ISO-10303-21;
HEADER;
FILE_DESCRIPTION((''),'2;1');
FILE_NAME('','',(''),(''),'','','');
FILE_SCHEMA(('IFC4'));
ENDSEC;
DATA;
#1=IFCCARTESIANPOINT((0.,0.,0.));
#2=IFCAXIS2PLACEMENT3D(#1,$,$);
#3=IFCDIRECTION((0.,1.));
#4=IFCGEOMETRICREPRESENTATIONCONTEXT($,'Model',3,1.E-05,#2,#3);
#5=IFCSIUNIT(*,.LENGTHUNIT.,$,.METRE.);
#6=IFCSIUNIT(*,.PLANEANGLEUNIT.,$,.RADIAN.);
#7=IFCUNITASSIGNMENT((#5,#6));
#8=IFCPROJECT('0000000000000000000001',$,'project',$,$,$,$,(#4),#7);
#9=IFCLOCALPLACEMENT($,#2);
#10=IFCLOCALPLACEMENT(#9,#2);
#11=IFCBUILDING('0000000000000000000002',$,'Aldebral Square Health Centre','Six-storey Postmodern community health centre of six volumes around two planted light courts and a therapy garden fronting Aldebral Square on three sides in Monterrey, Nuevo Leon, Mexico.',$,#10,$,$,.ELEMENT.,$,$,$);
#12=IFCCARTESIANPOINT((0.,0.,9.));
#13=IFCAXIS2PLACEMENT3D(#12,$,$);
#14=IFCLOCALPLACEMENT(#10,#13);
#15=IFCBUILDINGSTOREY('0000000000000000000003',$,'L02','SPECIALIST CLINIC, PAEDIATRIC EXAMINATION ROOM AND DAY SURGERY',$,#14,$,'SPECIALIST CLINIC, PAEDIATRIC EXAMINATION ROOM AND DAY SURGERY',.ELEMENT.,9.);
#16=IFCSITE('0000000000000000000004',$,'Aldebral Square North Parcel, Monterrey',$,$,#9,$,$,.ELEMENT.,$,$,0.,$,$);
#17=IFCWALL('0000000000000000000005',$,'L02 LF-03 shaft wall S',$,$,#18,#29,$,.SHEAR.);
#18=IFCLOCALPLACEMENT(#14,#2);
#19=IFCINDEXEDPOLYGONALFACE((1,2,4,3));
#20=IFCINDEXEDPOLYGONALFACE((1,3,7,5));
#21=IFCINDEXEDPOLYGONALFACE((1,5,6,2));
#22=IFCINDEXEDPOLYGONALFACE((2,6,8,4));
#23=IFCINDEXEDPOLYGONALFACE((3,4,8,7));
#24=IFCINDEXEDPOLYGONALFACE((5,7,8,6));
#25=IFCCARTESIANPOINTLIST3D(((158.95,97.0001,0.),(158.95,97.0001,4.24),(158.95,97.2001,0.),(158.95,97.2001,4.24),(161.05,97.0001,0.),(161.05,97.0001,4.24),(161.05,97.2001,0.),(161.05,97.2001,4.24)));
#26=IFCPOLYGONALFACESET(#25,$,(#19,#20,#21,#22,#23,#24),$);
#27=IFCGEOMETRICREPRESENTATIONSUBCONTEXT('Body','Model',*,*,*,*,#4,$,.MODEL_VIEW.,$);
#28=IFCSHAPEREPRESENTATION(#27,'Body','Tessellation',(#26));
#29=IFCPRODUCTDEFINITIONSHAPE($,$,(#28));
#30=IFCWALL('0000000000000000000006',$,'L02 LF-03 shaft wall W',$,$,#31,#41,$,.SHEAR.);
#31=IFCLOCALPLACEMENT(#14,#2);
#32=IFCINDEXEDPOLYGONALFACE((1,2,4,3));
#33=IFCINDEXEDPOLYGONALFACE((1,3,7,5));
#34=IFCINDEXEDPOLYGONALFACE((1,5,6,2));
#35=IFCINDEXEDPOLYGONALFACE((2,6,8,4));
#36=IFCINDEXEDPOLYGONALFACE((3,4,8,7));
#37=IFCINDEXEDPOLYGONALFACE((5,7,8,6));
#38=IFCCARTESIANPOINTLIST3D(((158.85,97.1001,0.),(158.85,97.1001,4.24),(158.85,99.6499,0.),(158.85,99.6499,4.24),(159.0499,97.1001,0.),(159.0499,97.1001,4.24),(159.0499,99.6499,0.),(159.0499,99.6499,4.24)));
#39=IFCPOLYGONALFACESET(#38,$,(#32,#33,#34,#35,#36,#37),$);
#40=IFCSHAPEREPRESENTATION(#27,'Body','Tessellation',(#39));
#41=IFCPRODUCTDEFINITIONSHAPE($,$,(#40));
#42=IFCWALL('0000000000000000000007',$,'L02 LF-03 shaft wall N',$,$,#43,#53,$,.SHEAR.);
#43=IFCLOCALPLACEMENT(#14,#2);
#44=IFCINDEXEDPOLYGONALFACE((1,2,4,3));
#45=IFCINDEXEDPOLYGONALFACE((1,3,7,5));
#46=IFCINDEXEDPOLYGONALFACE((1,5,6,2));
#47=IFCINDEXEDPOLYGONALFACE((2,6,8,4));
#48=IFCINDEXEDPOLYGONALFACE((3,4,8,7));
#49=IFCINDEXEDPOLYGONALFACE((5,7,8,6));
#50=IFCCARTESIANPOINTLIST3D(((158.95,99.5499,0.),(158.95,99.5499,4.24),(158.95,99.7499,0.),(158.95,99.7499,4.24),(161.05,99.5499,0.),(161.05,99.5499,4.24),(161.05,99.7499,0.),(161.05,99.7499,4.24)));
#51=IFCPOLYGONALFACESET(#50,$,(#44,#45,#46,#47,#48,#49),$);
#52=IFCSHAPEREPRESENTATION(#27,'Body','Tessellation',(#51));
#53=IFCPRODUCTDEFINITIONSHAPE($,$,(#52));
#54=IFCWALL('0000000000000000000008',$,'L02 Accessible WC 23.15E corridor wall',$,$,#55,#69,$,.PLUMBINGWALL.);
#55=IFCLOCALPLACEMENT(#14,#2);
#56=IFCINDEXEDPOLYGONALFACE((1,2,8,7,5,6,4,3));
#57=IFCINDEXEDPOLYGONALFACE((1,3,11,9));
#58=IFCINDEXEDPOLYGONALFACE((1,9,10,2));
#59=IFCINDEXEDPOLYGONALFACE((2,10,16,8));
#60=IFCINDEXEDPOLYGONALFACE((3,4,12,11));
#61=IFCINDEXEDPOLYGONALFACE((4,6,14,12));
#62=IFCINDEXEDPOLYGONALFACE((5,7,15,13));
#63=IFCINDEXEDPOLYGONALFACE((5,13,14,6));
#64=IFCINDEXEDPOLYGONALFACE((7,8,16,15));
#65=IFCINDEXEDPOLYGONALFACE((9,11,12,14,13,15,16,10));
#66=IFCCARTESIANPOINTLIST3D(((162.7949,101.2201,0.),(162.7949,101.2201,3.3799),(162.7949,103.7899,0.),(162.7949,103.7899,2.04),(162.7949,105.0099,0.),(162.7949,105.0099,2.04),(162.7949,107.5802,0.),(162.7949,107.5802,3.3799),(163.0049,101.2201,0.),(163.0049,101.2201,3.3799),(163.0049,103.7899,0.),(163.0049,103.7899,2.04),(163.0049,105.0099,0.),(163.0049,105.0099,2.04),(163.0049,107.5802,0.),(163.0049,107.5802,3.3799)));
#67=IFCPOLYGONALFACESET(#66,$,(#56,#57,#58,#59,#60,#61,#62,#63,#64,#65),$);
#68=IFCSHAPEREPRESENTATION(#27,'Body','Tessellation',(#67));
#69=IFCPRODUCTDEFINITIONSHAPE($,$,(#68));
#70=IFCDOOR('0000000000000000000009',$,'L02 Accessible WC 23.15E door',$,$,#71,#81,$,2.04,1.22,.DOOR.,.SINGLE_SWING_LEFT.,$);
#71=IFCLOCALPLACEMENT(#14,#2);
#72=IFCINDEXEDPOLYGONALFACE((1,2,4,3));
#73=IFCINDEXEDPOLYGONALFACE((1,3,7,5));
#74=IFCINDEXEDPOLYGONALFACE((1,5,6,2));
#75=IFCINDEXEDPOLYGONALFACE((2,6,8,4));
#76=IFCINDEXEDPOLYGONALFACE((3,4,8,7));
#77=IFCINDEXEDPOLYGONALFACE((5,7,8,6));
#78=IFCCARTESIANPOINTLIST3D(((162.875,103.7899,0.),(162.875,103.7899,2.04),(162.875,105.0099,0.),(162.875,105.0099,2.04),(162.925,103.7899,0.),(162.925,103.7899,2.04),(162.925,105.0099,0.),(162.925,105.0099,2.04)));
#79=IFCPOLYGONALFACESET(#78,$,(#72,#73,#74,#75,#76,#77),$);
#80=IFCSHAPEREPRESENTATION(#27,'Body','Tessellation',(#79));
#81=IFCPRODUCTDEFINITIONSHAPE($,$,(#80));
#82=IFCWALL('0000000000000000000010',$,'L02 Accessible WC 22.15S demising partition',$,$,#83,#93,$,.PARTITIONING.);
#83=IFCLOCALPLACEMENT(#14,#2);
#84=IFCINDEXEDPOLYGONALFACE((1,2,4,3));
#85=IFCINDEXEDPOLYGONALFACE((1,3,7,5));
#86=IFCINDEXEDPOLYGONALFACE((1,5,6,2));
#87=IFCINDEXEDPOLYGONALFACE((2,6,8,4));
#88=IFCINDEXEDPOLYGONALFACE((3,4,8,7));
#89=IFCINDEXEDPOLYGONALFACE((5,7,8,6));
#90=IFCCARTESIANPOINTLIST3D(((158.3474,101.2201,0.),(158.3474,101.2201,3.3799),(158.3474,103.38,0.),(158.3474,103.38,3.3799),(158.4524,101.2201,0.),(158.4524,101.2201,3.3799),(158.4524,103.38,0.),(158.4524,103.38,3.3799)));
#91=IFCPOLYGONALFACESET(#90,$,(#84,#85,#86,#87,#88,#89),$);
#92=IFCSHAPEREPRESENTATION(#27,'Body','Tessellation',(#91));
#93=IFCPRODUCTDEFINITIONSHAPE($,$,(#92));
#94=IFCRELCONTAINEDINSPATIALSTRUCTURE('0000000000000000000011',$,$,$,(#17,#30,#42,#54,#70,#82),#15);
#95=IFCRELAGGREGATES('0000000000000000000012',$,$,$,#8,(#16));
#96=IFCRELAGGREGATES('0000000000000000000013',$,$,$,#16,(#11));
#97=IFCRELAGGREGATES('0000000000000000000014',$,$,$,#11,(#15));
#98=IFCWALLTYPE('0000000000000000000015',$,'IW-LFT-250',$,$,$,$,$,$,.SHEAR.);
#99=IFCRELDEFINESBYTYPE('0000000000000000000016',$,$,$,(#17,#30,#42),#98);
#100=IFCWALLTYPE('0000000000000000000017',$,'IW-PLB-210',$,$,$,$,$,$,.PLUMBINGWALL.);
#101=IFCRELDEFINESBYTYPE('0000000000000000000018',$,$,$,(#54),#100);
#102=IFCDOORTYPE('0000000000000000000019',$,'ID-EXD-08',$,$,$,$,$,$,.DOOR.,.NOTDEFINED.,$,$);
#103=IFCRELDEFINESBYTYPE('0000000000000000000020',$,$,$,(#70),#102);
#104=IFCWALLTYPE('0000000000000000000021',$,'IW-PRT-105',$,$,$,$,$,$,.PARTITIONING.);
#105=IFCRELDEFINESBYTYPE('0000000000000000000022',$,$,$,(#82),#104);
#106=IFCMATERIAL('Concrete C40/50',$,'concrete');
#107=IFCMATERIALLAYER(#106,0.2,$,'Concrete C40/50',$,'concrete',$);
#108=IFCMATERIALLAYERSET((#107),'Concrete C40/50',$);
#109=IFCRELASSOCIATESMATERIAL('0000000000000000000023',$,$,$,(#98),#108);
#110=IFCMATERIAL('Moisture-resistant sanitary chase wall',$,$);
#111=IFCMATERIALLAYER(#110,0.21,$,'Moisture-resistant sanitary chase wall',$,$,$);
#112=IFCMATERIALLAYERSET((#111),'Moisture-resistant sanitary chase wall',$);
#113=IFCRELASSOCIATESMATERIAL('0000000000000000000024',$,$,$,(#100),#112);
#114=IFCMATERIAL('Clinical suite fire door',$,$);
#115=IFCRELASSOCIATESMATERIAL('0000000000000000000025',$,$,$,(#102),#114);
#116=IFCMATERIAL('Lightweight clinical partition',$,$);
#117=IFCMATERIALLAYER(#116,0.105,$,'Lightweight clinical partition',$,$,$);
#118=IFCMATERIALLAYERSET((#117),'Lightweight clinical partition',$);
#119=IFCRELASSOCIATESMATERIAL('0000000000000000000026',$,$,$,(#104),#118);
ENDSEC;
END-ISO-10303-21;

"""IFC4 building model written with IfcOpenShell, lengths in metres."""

from ifc_helpers import new_model, si_unit, direction, frame, frame_2d, origin, place, context, subcontext, project, spatial, rectangle, extrude, material, layer, layer_set, type_object, element, fill, save


model = new_model("IFC4")

# Units and contexts
model_context = context("Model", 3, precision=1e-05, world=origin(), true_north=direction((0.0, 1.0)))
body_context = subcontext(model_context, "Body", "Model", "MODEL_VIEW")
ifc_project = project(units=[si_unit("LENGTHUNIT", "METRE"), si_unit("PLANEANGLEUNIT", "RADIAN")], contexts=[model_context])

# Site, building, storey
site_placement = place(None, origin())
site = spatial("IfcSite", under=ifc_project, at=site_placement, Name="Aldebral Square North Parcel, Monterrey", CompositionType="ELEMENT", RefElevation=0.0)
building_placement = place(site_placement, origin())
building = spatial("IfcBuilding", under=site, at=building_placement, Name="Aldebral Square Health Centre", Description="Six-storey Postmodern community health centre of six volumes around two planted light courts and a therapy garden fronting Aldebral Square on three sides in Monterrey, Nuevo Leon, Mexico.", CompositionType="ELEMENT")
storey_placement = place(building_placement, frame((0.0, 0.0, 9.0)))
storey = spatial("IfcBuildingStorey", under=building, at=storey_placement, Name="L02", Description="SPECIALIST CLINIC, PAEDIATRIC EXAMINATION ROOM AND DAY SURGERY", LongName="SPECIALIST CLINIC, PAEDIATRIC EXAMINATION ROOM AND DAY SURGERY", CompositionType="ELEMENT", Elevation=9.0)

# Shared definitions
ifc_material_1 = material(Name="Concrete C40/50", Category="concrete")

# Walls
ifc_layer_1 = layer(ifc_material_1, 0.2, Name="Concrete C40/50", Category="concrete")
ifc_layer_set_1 = layer_set([ifc_layer_1], Name="Concrete C40/50")
wall_type_1 = type_object("IfcWallType", Name="IW-LFT-250", PredefinedType="SHEAR", material=ifc_layer_set_1)
wall_1_placement = place(storey_placement, frame((158.95, 97.1001, 0.0), z_axis=(0.0, 0.0, 1.0), x_axis=(1.0, 0.0, 0.0)))
element("IfcWall", 1, at=wall_1_placement, inside=storey, type_object=wall_type_1, Name="L02 LF-03 shaft wall S", PredefinedType="SHEAR", context=body_context, shape_type="SweptSolid", body=[
    extrude(rectangle(XDim=2.1001, YDim=0.2, at=frame_2d((1.05, 0.0))), origin(), (0.0, 0.0, 1.0), 4.24),
])
wall_2_placement = place(storey_placement, frame((158.95, 97.1001, 0.0), z_axis=(0.0, 0.0, 1.0), x_axis=(0.0, 1.0, 0.0)))
element("IfcWall", 2, at=wall_2_placement, inside=storey, type_object=wall_type_1, Name="L02 LF-03 shaft wall W", PredefinedType="SHEAR", context=body_context, shape_type="SweptSolid", body=[
    extrude(rectangle(XDim=2.5498, YDim=0.2, at=frame_2d((1.2749, 0.0))), origin(), (0.0, 0.0, 1.0), 4.24),
])
wall_3_placement = place(storey_placement, frame((158.95, 99.6499, 0.0), z_axis=(0.0, 0.0, 1.0), x_axis=(1.0, 0.0, 0.0)))
element("IfcWall", 3, at=wall_3_placement, inside=storey, type_object=wall_type_1, Name="L02 LF-03 shaft wall N", PredefinedType="SHEAR", context=body_context, shape_type="SweptSolid", body=[
    extrude(rectangle(XDim=2.1001, YDim=0.2, at=frame_2d((1.05, 0.0))), origin(), (0.0, 0.0, 1.0), 4.24),
])

# Wall, opening, door
ifc_material_2 = material(Name="Moisture-resistant sanitary chase wall")
ifc_layer_2 = layer(ifc_material_2, 0.21, Name="Moisture-resistant sanitary chase wall")
ifc_layer_set_2 = layer_set([ifc_layer_2], Name="Moisture-resistant sanitary chase wall")
wall_type_2 = type_object("IfcWallType", Name="IW-PLB-210", PredefinedType="PLUMBINGWALL", material=ifc_layer_set_2)
wall_4_placement = place(storey_placement, frame((162.8999, 101.22, 0.0), z_axis=(0.0, 0.0, 1.0), x_axis=(0.0, 1.0, 0.0)))
wall_4 = element("IfcWall", 4, at=wall_4_placement, inside=storey, type_object=wall_type_2, Name="L02 Accessible WC 23.15E corridor wall", PredefinedType="PLUMBINGWALL", context=body_context, shape_type="SweptSolid", body=[
    extrude(rectangle(XDim=6.3601, YDim=0.21, at=frame_2d((3.1802, 0.0))), origin(), (0.0, 0.0, 1.0), 3.3799),
])
opening_1_placement = place(wall_4_placement, frame((2.5701, 0.0, 0.0)))
opening_1 = element("IfcOpeningElement", 5, at=opening_1_placement, cuts=wall_4, PredefinedType="OPENING", context=body_context, shape_type="SweptSolid", body=[
    extrude(rectangle(XDim=1.22, YDim=2.04, at=frame_2d((0.6099, 1.02))), frame((0.0, 0.115, 0.0), z_axis=(0.0, -1.0, 0.0), x_axis=(1.0, 0.0, 0.0)), (0.0, 0.0, 1.0), 0.23),
])
ifc_material_3 = material(Name="Clinical suite fire door")
door_type_1 = type_object("IfcDoorType", Name="ID-EXD-08", OperationType="NOTDEFINED", PredefinedType="DOOR", material=ifc_material_3)
door_1_placement = place(opening_1_placement, origin())
door_1 = element("IfcDoor", 6, at=door_1_placement, inside=storey, type_object=door_type_1, Name="L02 Accessible WC 23.15E door", OperationType="SINGLE_SWING_LEFT", OverallHeight=2.04, OverallWidth=1.22, PredefinedType="DOOR", context=body_context, shape_type="SweptSolid", body=[
    extrude(rectangle(XDim=1.22, YDim=2.04, at=frame_2d((0.6099, 1.02))), frame((0.0, 0.0249, 0.0), z_axis=(0.0, -1.0, 0.0), x_axis=(1.0, 0.0, 0.0)), (0.0, 0.0, 1.0), 0.05),
])
fill(opening_1, door_1)

# Wall
ifc_material_4 = material(Name="Lightweight clinical partition")
ifc_layer_3 = layer(ifc_material_4, 0.105, Name="Lightweight clinical partition")
ifc_layer_set_3 = layer_set([ifc_layer_3], Name="Lightweight clinical partition")
wall_type_3 = type_object("IfcWallType", Name="IW-PRT-105", PredefinedType="PARTITIONING", material=ifc_layer_set_3)
wall_5_placement = place(storey_placement, frame((158.3999, 101.22, 0.0), z_axis=(0.0, 0.0, 1.0), x_axis=(0.0, 1.0, 0.0)))
element("IfcWall", 7, at=wall_5_placement, inside=storey, type_object=wall_type_3, Name="L02 Accessible WC 22.15S demising partition", PredefinedType="PARTITIONING", context=body_context, shape_type="SweptSolid", body=[
    extrude(rectangle(XDim=2.1599, YDim=0.105, at=frame_2d((1.0801, 0.0))), origin(), (0.0, 0.0, 1.0), 3.3799),
])

save(model, "model.ifc")
